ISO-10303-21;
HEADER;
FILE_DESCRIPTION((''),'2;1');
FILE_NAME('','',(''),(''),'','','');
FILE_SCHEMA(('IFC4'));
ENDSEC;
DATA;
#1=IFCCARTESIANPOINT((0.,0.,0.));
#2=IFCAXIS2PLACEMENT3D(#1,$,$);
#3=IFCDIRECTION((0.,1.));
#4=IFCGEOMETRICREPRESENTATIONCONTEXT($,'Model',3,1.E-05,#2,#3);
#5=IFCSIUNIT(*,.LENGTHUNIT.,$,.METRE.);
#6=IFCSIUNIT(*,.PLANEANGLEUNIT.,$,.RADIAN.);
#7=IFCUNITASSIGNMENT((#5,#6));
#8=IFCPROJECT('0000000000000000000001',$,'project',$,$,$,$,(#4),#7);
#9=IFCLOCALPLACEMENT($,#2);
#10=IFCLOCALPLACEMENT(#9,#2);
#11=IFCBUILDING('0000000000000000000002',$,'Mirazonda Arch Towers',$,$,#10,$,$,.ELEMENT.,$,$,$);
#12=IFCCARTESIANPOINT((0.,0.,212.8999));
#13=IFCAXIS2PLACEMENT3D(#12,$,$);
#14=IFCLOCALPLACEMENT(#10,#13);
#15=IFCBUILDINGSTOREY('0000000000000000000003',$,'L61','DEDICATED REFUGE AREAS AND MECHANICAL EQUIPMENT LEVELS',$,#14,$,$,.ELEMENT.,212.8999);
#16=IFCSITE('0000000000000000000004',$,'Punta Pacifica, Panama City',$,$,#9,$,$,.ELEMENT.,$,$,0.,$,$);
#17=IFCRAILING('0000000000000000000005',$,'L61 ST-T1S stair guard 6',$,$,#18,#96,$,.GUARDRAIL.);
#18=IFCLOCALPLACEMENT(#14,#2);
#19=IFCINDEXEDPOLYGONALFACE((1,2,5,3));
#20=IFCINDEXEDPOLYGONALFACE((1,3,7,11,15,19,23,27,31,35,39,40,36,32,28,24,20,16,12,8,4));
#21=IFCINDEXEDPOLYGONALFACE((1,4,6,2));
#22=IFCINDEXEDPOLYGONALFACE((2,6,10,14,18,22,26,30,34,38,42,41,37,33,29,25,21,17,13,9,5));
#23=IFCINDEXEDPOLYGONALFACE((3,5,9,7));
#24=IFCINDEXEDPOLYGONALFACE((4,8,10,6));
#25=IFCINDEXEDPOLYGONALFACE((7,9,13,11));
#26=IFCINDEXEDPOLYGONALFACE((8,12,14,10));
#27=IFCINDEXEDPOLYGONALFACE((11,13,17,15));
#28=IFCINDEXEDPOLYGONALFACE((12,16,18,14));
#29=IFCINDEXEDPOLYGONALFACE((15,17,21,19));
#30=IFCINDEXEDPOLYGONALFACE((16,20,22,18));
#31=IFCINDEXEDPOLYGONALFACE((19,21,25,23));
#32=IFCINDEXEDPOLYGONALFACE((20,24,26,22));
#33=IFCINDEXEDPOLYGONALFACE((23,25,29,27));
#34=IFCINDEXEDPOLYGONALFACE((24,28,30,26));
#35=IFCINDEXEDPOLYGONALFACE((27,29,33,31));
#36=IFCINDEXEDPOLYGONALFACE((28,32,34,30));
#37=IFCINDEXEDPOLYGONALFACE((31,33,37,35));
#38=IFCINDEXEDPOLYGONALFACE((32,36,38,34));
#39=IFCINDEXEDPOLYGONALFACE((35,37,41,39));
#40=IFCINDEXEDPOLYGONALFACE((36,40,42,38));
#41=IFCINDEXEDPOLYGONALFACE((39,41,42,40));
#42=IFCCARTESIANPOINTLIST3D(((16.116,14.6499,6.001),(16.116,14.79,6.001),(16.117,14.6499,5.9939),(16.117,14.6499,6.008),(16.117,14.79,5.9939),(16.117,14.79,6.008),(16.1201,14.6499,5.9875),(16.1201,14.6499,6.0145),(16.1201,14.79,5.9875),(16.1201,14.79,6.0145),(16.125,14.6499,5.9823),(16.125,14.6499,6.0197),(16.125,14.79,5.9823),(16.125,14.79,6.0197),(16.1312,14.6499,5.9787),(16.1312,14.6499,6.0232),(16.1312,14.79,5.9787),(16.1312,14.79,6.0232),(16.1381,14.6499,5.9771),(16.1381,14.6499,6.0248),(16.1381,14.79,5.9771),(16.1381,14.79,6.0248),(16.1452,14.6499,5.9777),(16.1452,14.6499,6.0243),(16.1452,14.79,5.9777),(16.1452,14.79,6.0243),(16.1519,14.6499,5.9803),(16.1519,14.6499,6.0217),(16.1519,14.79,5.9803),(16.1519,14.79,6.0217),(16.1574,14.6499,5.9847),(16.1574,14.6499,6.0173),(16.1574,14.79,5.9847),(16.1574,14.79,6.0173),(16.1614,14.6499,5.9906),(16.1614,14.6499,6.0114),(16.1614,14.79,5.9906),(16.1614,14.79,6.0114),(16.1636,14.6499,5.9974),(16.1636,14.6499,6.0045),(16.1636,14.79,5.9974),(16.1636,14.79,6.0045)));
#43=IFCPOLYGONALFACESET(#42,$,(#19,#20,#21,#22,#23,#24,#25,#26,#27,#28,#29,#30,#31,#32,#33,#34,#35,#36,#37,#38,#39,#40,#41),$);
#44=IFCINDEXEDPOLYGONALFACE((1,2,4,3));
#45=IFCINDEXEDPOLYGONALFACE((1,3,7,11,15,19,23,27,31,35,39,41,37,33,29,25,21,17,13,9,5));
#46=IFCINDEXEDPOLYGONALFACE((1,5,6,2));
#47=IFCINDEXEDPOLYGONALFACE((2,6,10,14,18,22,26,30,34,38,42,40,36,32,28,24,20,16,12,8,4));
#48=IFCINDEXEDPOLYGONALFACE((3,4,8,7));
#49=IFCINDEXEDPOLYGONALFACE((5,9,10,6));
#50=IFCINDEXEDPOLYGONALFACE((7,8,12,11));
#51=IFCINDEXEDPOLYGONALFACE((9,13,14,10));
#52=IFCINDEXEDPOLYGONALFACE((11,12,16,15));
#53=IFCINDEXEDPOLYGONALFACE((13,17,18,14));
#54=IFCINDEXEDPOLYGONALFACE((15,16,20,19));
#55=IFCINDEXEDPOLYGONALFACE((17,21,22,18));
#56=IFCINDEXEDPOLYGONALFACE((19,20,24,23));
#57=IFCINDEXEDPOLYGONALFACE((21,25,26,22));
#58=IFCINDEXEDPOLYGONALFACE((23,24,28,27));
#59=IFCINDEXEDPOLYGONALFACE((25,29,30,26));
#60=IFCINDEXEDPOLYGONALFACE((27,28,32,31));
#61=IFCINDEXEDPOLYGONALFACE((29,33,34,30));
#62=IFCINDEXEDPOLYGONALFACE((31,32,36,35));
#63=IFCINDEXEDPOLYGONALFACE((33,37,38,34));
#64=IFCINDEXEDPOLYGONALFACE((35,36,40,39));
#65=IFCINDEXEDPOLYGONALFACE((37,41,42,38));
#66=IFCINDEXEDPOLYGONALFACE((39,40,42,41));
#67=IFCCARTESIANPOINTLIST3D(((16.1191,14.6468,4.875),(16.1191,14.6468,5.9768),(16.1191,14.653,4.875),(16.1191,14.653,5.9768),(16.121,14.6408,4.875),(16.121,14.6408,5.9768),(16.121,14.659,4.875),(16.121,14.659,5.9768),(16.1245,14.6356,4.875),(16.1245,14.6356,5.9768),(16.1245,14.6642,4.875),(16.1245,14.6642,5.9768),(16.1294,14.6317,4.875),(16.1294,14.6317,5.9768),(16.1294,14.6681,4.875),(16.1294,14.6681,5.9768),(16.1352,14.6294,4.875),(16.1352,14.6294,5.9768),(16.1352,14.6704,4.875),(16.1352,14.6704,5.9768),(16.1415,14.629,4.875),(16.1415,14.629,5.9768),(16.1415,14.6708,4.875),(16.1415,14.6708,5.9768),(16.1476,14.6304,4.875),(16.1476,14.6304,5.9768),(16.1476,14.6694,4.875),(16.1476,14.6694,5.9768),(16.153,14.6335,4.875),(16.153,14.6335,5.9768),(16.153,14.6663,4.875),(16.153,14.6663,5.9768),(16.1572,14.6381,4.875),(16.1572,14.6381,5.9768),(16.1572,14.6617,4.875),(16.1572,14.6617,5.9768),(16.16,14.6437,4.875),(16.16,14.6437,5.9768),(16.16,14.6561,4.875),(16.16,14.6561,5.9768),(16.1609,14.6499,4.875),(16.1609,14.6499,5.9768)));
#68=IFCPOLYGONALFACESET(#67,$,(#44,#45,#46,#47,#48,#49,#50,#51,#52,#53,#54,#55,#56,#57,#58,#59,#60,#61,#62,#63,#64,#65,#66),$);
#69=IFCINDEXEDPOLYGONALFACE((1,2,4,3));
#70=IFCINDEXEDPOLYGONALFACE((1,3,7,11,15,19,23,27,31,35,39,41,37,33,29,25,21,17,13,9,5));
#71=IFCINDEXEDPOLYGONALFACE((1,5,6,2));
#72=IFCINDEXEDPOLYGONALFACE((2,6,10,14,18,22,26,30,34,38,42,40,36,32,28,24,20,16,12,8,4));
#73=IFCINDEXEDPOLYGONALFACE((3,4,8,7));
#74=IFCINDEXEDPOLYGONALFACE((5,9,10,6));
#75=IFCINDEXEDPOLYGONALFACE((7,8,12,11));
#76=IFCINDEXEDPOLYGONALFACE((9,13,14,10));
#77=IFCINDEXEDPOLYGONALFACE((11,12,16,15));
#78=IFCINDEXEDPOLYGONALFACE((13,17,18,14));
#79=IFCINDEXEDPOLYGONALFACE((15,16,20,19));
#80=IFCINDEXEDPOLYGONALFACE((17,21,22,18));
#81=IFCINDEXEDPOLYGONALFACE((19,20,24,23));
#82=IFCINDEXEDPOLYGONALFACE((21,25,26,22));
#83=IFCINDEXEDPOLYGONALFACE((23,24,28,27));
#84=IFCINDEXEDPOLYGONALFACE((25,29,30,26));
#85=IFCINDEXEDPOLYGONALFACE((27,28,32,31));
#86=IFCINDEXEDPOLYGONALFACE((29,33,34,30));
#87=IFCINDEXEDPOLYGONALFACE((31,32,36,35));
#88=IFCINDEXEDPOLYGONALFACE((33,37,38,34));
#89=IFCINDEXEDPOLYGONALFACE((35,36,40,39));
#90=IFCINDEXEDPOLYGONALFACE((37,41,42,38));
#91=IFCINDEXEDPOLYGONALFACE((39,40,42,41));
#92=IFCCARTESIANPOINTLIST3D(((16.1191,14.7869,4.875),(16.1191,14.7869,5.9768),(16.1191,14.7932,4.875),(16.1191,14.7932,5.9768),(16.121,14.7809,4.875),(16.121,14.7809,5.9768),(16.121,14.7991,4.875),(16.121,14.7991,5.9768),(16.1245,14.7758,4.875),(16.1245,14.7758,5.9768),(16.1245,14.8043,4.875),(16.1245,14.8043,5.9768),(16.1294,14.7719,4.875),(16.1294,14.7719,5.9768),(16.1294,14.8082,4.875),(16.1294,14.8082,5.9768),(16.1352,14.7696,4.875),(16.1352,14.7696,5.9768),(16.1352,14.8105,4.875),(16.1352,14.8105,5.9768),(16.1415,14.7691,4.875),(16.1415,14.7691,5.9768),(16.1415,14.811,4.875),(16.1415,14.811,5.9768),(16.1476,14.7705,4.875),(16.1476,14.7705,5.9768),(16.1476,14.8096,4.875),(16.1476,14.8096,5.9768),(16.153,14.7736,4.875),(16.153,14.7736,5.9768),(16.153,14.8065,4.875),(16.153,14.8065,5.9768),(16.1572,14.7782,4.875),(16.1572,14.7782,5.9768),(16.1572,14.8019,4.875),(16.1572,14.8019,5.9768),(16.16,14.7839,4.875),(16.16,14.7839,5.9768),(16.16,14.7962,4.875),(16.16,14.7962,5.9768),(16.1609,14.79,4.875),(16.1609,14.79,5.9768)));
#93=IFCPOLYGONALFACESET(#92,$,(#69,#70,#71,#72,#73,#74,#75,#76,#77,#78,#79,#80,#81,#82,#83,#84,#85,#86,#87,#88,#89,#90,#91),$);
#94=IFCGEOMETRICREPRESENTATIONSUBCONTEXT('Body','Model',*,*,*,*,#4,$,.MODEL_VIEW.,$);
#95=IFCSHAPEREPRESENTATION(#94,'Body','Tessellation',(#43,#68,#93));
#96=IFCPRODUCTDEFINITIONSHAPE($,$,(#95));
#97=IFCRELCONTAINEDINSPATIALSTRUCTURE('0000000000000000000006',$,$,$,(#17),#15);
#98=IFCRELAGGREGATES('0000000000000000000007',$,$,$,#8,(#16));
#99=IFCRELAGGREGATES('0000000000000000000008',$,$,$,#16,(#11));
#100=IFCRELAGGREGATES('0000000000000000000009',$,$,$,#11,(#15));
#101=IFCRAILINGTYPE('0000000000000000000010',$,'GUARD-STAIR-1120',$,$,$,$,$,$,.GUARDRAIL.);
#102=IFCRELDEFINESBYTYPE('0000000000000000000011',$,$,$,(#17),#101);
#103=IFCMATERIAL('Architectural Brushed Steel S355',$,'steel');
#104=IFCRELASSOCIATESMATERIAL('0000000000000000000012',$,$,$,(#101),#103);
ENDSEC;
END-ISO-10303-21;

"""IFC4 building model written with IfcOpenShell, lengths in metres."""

from ifc_helpers import new_model, si_unit, direction, frame, origin, origin_2d, place, context, subcontext, project, spatial, circle, extrude, material, type_object, element, save


model = new_model("IFC4")

# Units and contexts
model_context = context("Model", 3, precision=1e-05, world=origin(), true_north=direction((0.0, 1.0)))
body_context = subcontext(model_context, "Body", "Model", "MODEL_VIEW")
ifc_project = project(units=[si_unit("LENGTHUNIT", "METRE"), si_unit("PLANEANGLEUNIT", "RADIAN")], contexts=[model_context])

# Site, building, storey
site_placement = place(None, origin())
site = spatial("IfcSite", under=ifc_project, at=site_placement, Name="Punta Pacifica, Panama City", CompositionType="ELEMENT", RefElevation=0.0)
building_placement = place(site_placement, origin())
building = spatial("IfcBuilding", under=site, at=building_placement, Name="Mirazonda Arch Towers", CompositionType="ELEMENT")
storey_placement = place(building_placement, frame((0.0, 0.0, 212.8999)))
storey = spatial("IfcBuildingStorey", under=building, at=storey_placement, Name="L61", Description="DEDICATED REFUGE AREAS AND MECHANICAL EQUIPMENT LEVELS", CompositionType="ELEMENT", Elevation=212.8999)

# Shared definitions
ifc_material_1 = material(Name="Architectural Brushed Steel S355", Category="steel")

# Railing
railing_type_1 = type_object("IfcRailingType", Name="GUARD-STAIR-1120", PredefinedType="GUARDRAIL", material=ifc_material_1)
railing_1_placement = place(storey_placement, frame((16.1399, 14.6499, 4.875)))
element("IfcRailing", 1, at=railing_1_placement, inside=storey, type_object=railing_type_1, Name="L61 ST-T1S stair guard 6", PredefinedType="GUARDRAIL", context=body_context, shape_type="SweptSolid", body=[
    extrude(circle(Radius=0.0239, at=origin_2d()), frame((0.0, 0.0, 1.126), z_axis=(0.0, 1.0, 0.0), x_axis=(-1.0, 0.0, 0.0)), (0.0, 0.0, 1.0), 0.1401),
    extrude(circle(Radius=0.021, at=origin_2d()), origin(), (0.0, 0.0, 1.0), 1.1018),
    extrude(circle(Radius=0.021, at=origin_2d()), frame((0.0, 0.1401, 0.0)), (0.0, 0.0, 1.0), 1.1018),
])

save(model, "model.ifc")
